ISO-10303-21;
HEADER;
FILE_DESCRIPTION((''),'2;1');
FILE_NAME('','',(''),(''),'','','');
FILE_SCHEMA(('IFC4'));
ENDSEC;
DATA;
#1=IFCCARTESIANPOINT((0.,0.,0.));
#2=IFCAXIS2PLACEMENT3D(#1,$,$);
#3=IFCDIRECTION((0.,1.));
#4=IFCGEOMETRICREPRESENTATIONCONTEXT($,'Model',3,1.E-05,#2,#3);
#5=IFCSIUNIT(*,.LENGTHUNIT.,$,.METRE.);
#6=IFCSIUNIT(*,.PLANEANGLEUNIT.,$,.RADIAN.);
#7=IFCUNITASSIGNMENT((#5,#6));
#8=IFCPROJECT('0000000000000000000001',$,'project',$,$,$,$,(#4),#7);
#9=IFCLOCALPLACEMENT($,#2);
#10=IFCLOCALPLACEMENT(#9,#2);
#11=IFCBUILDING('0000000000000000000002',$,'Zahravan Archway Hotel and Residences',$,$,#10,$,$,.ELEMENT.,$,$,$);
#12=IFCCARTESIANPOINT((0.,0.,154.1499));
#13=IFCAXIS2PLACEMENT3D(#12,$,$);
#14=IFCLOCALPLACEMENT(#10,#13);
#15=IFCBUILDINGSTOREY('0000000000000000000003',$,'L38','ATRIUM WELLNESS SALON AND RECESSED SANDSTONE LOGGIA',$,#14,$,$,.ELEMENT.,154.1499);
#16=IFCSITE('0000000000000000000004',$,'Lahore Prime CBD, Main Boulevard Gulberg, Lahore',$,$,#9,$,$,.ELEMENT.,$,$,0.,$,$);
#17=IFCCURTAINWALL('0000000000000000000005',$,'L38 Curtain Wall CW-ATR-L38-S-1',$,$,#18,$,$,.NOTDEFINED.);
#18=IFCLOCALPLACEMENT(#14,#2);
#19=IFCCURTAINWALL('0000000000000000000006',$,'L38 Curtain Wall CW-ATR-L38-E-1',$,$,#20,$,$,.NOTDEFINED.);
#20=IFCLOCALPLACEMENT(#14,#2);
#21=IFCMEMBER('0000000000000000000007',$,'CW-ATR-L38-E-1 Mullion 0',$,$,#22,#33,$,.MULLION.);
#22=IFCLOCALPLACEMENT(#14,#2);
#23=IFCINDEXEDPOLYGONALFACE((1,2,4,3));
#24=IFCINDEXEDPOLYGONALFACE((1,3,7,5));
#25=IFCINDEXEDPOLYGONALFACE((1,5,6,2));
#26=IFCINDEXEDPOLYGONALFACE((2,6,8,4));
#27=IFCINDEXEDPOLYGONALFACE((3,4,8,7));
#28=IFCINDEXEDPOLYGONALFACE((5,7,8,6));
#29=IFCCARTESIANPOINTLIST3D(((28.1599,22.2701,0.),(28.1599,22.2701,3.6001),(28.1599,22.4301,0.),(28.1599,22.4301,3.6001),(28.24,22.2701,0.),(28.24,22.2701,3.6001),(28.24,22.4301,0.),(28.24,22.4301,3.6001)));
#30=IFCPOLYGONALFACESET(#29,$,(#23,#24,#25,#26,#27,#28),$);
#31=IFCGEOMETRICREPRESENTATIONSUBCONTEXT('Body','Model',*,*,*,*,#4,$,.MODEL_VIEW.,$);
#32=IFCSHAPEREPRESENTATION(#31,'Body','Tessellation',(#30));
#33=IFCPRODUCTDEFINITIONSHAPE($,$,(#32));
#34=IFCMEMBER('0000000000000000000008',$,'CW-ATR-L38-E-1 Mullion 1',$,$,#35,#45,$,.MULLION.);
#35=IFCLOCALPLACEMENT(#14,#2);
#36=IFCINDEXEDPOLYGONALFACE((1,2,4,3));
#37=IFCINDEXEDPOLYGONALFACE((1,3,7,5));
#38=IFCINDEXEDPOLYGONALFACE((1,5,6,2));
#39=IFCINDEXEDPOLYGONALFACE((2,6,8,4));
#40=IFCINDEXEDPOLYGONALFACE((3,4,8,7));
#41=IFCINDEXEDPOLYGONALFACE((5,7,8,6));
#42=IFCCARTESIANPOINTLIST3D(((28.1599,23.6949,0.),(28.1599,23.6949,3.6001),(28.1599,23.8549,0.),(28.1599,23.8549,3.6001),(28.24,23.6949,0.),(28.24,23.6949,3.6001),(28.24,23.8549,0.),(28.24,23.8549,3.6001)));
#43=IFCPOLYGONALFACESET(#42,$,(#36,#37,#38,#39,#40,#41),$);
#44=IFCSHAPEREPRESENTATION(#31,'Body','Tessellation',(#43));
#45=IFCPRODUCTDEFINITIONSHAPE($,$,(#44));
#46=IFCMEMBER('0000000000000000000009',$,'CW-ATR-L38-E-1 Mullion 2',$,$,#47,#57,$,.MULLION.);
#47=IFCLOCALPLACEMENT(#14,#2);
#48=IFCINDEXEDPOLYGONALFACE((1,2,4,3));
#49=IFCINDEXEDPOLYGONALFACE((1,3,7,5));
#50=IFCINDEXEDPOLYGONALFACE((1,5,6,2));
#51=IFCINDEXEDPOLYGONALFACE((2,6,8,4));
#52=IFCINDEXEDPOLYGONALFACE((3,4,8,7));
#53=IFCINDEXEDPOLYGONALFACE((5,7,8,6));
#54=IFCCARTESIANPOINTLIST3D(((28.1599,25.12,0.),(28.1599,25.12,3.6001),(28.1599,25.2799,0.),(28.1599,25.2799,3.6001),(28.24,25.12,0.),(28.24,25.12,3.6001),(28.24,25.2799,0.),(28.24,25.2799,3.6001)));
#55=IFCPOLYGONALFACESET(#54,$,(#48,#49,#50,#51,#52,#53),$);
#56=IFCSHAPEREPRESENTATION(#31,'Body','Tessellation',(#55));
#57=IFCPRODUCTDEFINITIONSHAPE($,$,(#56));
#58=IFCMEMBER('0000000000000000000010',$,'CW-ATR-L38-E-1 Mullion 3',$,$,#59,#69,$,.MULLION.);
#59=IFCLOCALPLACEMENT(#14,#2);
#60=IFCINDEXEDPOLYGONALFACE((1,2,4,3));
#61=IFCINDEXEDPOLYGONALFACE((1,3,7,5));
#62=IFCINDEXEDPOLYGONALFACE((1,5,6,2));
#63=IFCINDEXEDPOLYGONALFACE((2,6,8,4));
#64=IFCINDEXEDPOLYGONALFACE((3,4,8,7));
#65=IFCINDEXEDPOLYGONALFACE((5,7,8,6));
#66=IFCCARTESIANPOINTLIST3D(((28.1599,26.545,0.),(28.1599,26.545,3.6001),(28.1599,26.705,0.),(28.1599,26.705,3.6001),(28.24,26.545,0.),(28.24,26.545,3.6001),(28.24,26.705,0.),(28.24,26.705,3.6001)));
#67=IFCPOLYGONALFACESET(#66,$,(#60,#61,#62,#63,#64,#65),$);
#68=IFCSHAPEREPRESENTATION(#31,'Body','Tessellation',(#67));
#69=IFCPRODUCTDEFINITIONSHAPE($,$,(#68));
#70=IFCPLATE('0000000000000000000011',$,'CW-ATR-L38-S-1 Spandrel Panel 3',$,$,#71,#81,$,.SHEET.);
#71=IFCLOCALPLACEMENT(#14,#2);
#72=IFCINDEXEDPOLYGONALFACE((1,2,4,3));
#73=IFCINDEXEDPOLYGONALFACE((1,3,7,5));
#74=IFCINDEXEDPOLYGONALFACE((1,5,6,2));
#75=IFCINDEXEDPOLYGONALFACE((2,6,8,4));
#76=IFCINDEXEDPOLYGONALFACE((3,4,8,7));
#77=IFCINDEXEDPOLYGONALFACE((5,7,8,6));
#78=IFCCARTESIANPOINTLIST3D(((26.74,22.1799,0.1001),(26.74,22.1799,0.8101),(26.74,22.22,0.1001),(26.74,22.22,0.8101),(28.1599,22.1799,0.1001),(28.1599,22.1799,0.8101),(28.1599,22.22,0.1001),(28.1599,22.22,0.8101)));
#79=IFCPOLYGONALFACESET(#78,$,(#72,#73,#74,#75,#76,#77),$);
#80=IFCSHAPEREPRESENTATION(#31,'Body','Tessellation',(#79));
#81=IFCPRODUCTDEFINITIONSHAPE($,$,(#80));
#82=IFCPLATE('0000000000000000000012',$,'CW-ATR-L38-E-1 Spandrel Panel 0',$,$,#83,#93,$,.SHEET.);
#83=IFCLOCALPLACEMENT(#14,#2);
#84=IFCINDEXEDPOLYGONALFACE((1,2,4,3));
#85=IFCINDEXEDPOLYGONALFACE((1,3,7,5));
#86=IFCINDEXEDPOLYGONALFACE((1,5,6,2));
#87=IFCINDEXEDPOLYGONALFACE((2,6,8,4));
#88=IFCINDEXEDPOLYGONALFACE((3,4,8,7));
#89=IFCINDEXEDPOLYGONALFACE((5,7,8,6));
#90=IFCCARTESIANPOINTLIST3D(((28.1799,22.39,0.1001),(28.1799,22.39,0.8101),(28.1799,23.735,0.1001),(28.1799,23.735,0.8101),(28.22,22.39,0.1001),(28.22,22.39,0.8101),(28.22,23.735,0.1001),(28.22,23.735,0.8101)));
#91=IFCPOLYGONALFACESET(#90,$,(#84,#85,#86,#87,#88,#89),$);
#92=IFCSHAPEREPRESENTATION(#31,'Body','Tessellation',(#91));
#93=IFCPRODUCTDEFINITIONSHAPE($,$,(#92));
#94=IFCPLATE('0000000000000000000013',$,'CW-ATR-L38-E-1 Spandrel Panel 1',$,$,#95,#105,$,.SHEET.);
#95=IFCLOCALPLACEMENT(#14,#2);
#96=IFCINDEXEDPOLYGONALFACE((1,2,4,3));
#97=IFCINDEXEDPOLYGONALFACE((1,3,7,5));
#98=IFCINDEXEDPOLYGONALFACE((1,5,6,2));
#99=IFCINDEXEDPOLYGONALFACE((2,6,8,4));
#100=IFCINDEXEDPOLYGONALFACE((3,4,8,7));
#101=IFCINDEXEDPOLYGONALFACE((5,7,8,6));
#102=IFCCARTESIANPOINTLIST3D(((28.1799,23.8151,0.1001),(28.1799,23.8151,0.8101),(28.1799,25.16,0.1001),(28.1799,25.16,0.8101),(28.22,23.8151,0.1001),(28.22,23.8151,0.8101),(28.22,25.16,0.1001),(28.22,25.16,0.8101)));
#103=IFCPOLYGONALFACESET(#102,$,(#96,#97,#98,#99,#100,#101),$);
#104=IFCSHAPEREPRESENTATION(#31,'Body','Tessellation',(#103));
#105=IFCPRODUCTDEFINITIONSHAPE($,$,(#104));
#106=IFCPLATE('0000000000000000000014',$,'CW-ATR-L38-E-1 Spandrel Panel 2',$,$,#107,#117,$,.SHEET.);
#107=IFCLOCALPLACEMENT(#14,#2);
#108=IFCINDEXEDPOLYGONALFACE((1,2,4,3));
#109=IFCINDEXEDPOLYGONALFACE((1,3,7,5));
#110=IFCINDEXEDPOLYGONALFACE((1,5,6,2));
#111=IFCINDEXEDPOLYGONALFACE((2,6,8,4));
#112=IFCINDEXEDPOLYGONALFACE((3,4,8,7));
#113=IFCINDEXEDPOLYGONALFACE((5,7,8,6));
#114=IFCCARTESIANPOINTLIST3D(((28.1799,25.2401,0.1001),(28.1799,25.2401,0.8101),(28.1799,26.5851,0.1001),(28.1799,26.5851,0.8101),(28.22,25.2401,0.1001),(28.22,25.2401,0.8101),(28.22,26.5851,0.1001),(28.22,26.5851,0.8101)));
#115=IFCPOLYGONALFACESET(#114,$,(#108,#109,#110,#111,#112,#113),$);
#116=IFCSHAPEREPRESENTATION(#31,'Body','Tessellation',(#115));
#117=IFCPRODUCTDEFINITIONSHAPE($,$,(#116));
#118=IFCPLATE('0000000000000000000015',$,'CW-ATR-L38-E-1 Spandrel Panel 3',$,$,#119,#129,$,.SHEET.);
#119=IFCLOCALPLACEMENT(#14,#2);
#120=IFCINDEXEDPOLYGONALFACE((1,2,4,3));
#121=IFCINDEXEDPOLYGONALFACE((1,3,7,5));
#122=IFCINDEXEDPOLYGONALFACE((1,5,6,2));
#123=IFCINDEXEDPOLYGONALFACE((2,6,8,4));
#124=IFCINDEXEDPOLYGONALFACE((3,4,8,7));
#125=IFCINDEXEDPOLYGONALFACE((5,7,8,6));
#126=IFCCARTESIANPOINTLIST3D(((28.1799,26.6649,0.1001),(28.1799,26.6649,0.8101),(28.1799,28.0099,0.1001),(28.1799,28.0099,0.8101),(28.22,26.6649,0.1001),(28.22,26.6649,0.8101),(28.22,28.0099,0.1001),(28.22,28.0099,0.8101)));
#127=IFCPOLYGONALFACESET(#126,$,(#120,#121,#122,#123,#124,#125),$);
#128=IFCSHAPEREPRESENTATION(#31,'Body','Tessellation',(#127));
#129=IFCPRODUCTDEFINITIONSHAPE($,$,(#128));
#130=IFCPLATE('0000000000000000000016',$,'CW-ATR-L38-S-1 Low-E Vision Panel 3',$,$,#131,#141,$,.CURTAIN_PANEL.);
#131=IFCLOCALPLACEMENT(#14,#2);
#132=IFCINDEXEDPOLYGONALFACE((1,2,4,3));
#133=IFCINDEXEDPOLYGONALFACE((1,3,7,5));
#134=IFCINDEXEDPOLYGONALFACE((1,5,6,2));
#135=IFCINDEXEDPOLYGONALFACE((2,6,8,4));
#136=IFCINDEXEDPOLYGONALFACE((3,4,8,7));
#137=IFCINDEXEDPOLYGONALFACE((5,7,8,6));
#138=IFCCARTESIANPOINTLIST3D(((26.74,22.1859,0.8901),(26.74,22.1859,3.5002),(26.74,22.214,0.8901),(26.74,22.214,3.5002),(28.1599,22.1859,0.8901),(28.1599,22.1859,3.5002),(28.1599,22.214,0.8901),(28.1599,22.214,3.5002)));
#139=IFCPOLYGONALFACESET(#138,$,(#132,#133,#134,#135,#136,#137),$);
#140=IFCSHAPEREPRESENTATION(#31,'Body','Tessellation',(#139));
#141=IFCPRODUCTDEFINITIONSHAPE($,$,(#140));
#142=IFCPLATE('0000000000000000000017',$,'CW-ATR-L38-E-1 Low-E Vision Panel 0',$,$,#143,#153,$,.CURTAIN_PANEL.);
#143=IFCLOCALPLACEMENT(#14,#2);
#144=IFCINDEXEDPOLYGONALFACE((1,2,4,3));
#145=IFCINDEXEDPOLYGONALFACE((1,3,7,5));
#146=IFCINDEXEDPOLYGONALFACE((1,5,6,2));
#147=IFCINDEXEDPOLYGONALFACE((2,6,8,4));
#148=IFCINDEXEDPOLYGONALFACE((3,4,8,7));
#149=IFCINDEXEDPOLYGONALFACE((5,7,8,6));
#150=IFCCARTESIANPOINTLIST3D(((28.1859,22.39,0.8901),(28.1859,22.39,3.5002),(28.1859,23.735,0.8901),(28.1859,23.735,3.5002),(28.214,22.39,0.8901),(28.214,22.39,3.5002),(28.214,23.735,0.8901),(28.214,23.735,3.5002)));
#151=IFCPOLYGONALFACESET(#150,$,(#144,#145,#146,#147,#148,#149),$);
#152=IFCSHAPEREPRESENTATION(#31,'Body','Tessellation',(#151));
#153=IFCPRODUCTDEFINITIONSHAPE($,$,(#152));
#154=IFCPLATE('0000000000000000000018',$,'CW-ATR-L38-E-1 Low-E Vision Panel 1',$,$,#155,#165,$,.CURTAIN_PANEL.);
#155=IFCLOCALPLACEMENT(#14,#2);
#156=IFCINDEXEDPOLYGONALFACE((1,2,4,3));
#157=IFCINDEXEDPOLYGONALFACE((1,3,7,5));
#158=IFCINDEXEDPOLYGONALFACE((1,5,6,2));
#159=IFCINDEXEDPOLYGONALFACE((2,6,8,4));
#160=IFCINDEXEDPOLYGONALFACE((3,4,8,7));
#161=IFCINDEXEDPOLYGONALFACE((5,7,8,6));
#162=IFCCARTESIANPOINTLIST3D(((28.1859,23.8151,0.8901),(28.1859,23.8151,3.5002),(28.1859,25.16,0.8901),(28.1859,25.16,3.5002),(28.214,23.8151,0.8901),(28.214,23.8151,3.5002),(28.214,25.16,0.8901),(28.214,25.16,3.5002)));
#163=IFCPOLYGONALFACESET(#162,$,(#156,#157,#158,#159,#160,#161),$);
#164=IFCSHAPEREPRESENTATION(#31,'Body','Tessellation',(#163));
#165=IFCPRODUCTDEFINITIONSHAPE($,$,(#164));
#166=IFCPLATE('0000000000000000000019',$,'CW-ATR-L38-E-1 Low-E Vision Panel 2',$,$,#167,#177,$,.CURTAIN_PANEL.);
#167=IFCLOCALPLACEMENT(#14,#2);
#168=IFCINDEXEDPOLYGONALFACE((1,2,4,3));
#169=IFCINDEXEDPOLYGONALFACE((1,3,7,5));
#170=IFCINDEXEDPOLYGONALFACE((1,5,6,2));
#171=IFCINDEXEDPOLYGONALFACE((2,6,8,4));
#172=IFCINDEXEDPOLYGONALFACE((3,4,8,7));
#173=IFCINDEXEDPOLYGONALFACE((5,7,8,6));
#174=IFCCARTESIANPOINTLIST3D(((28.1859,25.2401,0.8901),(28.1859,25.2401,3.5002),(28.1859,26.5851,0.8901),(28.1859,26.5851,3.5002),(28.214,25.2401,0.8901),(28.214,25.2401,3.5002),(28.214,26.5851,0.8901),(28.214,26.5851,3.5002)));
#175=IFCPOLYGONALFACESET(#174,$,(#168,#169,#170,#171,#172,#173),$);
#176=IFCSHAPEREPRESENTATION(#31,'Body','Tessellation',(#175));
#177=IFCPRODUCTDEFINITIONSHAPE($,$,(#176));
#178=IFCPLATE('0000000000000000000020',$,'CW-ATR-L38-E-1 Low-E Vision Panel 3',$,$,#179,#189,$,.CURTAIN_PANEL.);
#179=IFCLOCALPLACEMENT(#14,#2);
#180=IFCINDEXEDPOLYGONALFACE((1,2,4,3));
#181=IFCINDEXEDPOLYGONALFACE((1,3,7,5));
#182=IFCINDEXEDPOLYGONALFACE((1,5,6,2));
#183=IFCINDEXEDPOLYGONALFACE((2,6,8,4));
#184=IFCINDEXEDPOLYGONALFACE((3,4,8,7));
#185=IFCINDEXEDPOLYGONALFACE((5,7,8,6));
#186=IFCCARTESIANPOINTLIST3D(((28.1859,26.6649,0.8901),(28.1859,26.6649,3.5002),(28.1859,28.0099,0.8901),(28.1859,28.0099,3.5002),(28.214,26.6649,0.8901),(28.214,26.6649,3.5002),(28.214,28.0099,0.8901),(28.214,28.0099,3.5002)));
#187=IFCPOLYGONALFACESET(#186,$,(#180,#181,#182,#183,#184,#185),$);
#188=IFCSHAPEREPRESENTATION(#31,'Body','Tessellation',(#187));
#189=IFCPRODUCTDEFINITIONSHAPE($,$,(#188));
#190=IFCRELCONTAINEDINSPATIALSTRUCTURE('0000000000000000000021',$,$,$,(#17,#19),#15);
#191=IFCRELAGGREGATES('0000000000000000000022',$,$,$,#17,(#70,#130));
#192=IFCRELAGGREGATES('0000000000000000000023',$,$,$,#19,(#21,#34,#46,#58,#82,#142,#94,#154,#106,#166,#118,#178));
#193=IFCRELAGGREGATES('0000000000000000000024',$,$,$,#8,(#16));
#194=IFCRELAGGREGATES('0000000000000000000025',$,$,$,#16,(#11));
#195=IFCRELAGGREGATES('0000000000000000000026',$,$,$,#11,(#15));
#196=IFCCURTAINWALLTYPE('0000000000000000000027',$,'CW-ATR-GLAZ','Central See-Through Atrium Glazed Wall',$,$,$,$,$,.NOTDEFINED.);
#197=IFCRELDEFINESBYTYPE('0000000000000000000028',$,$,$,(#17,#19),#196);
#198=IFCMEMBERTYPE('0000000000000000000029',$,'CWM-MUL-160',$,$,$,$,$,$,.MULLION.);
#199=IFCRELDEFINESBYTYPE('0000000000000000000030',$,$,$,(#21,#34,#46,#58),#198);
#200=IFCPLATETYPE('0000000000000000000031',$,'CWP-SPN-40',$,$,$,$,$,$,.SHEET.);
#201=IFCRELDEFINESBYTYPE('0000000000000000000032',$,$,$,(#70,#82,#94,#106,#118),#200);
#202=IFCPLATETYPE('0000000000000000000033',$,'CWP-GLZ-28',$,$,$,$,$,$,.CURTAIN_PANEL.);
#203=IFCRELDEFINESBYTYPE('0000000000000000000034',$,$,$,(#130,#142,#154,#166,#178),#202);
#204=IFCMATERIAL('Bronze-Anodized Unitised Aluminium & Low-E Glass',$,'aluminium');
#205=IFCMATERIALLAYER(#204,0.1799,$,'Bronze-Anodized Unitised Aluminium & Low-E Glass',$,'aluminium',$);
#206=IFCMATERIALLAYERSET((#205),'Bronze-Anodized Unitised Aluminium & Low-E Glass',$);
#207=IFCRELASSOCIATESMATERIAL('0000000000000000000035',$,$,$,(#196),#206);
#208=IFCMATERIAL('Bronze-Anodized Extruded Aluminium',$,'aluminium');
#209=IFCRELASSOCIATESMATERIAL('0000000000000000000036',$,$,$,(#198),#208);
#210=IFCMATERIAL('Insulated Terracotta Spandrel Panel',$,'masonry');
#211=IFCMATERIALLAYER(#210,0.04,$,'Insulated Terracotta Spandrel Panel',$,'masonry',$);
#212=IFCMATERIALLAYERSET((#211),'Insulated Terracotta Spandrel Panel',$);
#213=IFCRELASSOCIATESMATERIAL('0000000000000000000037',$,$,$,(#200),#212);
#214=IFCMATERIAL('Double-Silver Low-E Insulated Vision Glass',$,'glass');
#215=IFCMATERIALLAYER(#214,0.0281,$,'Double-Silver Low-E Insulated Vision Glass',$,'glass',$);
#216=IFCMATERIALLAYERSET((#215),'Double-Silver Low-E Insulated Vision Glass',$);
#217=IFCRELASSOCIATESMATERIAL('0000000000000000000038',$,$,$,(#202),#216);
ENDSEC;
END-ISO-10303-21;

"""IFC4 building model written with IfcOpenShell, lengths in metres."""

from ifc_helpers import new_model, si_unit, direction, frame, origin, origin_2d, place, context, subcontext, project, spatial, rectangle, extrude, source, transform, mapped, material, layer, layer_set, material_profile, profile_set, type_object, element, aggregate, save


model = new_model("IFC4")

# Units and contexts
model_context = context("Model", 3, precision=1e-05, world=origin(), true_north=direction((0.0, 1.0)))
body_context = subcontext(model_context, "Body", "Model", "MODEL_VIEW")
ifc_project = project(units=[si_unit("LENGTHUNIT", "METRE"), si_unit("PLANEANGLEUNIT", "RADIAN")], contexts=[model_context])

# Site, building, storey
site_placement = place(None, origin())
site = spatial("IfcSite", under=ifc_project, at=site_placement, Name="Lahore Prime CBD, Main Boulevard Gulberg, Lahore", CompositionType="ELEMENT", RefElevation=0.0)
building_placement = place(site_placement, origin())
building = spatial("IfcBuilding", under=site, at=building_placement, Name="Zahravan Archway Hotel and Residences", CompositionType="ELEMENT")
storey_placement = place(building_placement, frame((0.0, 0.0, 154.1499)))
storey = spatial("IfcBuildingStorey", under=building, at=storey_placement, Name="L38", Description="ATRIUM WELLNESS SALON AND RECESSED SANDSTONE LOGGIA", CompositionType="ELEMENT", Elevation=154.1499)

# Curtain wall
ifc_material_1 = material(Name="Bronze-Anodized Unitised Aluminium & Low-E Glass", Category="aluminium")
ifc_layer_1 = layer(ifc_material_1, 0.1799, Name="Bronze-Anodized Unitised Aluminium & Low-E Glass", Category="aluminium")
ifc_layer_set_1 = layer_set([ifc_layer_1], Name="Bronze-Anodized Unitised Aluminium & Low-E Glass")
curtain_wall_type = type_object("IfcCurtainWallType", Name="CW-ATR-GLAZ", Description="Central See-Through Atrium Glazed Wall", PredefinedType="NOTDEFINED", material=ifc_layer_set_1)
curtain_wall_1_placement = place(storey_placement, origin())
curtain_wall_1 = element("IfcCurtainWall", 1, at=curtain_wall_1_placement, inside=storey, type_object=curtain_wall_type, Name="L38 Curtain Wall CW-ATR-L38-S-1", PredefinedType="NOTDEFINED")
ifc_material_2 = material(Name="Bronze-Anodized Extruded Aluminium", Category="aluminium")

# Curtain wall
curtain_wall_2_placement = place(storey_placement, origin())
curtain_wall_2 = element("IfcCurtainWall", 2, at=curtain_wall_2_placement, inside=storey, type_object=curtain_wall_type, Name="L38 Curtain Wall CW-ATR-L38-E-1", PredefinedType="NOTDEFINED")

# Members
ifc_material_profile_1 = material_profile(ifc_material_2, rectangle(XDim=0.0801, YDim=0.1599, at=origin_2d()), Name="MUL 80x160", Category="aluminium")
ifc_profile_set_1 = profile_set([ifc_material_profile_1], Name="Bronze-Anodized Extruded Aluminium")
member_type_1 = type_object("IfcMemberType", Name="CWM-MUL-160", PredefinedType="MULLION", material=ifc_profile_set_1)
shared_shape_1 = source(origin(), body_context, "Body", "SweptSolid", [
    extrude(rectangle(XDim=0.0801, YDim=0.1599, at=origin_2d()), origin(), (0.0, 0.0, 1.0), 3.6001),
])
member_1_placement = place(storey_placement, frame((28.2, 22.3501, 0.0), z_axis=(0.0, 0.0, 1.0), x_axis=(1.0, 0.0, 0.0)))
member_1 = element("IfcMember", 3, at=member_1_placement, type_object=member_type_1, Name="CW-ATR-L38-E-1 Mullion 0", PredefinedType="MULLION", context=body_context, shape_type="MappedRepresentation", body=[
    mapped(shared_shape_1, transform((0.0, 0.0, 0.0), scale=1.0)),
])
member_2_placement = place(storey_placement, frame((28.2, 23.7749, 0.0), z_axis=(0.0, 0.0, 1.0), x_axis=(1.0, 0.0, 0.0)))
member_2 = element("IfcMember", 4, at=member_2_placement, type_object=member_type_1, Name="CW-ATR-L38-E-1 Mullion 1", PredefinedType="MULLION", context=body_context, shape_type="MappedRepresentation", body=[
    mapped(shared_shape_1, transform((0.0, 0.0, 0.0), scale=1.0)),
])
member_3_placement = place(storey_placement, frame((28.2, 25.2, 0.0), z_axis=(0.0, 0.0, 1.0), x_axis=(1.0, 0.0, 0.0)))
member_3 = element("IfcMember", 5, at=member_3_placement, type_object=member_type_1, Name="CW-ATR-L38-E-1 Mullion 2", PredefinedType="MULLION", context=body_context, shape_type="MappedRepresentation", body=[
    mapped(shared_shape_1, transform((0.0, 0.0, 0.0), scale=1.0)),
])
member_4_placement = place(storey_placement, frame((28.2, 26.625, 0.0), z_axis=(0.0, 0.0, 1.0), x_axis=(1.0, 0.0, 0.0)))
member_4 = element("IfcMember", 6, at=member_4_placement, type_object=member_type_1, Name="CW-ATR-L38-E-1 Mullion 3", PredefinedType="MULLION", context=body_context, shape_type="MappedRepresentation", body=[
    mapped(shared_shape_1, transform((0.0, 0.0, 0.0), scale=1.0)),
])

# Plates
ifc_material_3 = material(Name="Insulated Terracotta Spandrel Panel", Category="masonry")
ifc_layer_2 = layer(ifc_material_3, 0.04, Name="Insulated Terracotta Spandrel Panel", Category="masonry")
ifc_layer_set_2 = layer_set([ifc_layer_2], Name="Insulated Terracotta Spandrel Panel")
plate_type_1 = type_object("IfcPlateType", Name="CWP-SPN-40", PredefinedType="SHEET", material=ifc_layer_set_2)
shared_shape_2 = source(origin(), body_context, "Body", "SweptSolid", [
    extrude(rectangle(XDim=1.4199, YDim=0.04, at=origin_2d()), origin(), (0.0, 0.0, 1.0), 0.71),
])
plate_1_placement = place(storey_placement, frame((27.45, 22.2, 0.1001), z_axis=(0.0, 0.0, 1.0), x_axis=(1.0, 0.0, 0.0)))
plate_1 = element("IfcPlate", 7, at=plate_1_placement, type_object=plate_type_1, Name="CW-ATR-L38-S-1 Spandrel Panel 3", PredefinedType="SHEET", context=body_context, shape_type="MappedRepresentation", body=[
    mapped(shared_shape_2, transform((0.0, 0.0, 0.0), scale=1.0)),
])
shared_shape_3 = source(origin(), body_context, "Body", "SweptSolid", [
    extrude(rectangle(XDim=1.345, YDim=0.04, at=origin_2d()), origin(), (0.0, 0.0, 1.0), 0.71),
])
plate_2_placement = place(storey_placement, frame((28.2, 23.0625, 0.1001), z_axis=(0.0, 0.0, 1.0), x_axis=(0.0, 1.0, 0.0)))
plate_2 = element("IfcPlate", 8, at=plate_2_placement, type_object=plate_type_1, Name="CW-ATR-L38-E-1 Spandrel Panel 0", PredefinedType="SHEET", context=body_context, shape_type="MappedRepresentation", body=[
    mapped(shared_shape_3, transform((0.0, 0.0, 0.0), scale=1.0)),
])
plate_3_placement = place(storey_placement, frame((28.2, 24.4875, 0.1001), z_axis=(0.0, 0.0, 1.0), x_axis=(0.0, 1.0, 0.0)))
plate_3 = element("IfcPlate", 9, at=plate_3_placement, type_object=plate_type_1, Name="CW-ATR-L38-E-1 Spandrel Panel 1", PredefinedType="SHEET", context=body_context, shape_type="MappedRepresentation", body=[
    mapped(shared_shape_3, transform((0.0, 0.0, 0.0), scale=1.0)),
])
plate_4_placement = place(storey_placement, frame((28.2, 25.9126, 0.1001), z_axis=(0.0, 0.0, 1.0), x_axis=(0.0, 1.0, 0.0)))
plate_4 = element("IfcPlate", 10, at=plate_4_placement, type_object=plate_type_1, Name="CW-ATR-L38-E-1 Spandrel Panel 2", PredefinedType="SHEET", context=body_context, shape_type="MappedRepresentation", body=[
    mapped(shared_shape_3, transform((0.0, 0.0, 0.0), scale=1.0)),
])
plate_5_placement = place(storey_placement, frame((28.2, 27.3374, 0.1001), z_axis=(0.0, 0.0, 1.0), x_axis=(0.0, 1.0, 0.0)))
plate_5 = element("IfcPlate", 11, at=plate_5_placement, type_object=plate_type_1, Name="CW-ATR-L38-E-1 Spandrel Panel 3", PredefinedType="SHEET", context=body_context, shape_type="MappedRepresentation", body=[
    mapped(shared_shape_3, transform((0.0, 0.0, 0.0), scale=1.0)),
])
ifc_material_4 = material(Name="Double-Silver Low-E Insulated Vision Glass", Category="glass")
ifc_layer_3 = layer(ifc_material_4, 0.0281, Name="Double-Silver Low-E Insulated Vision Glass", Category="glass")
ifc_layer_set_3 = layer_set([ifc_layer_3], Name="Double-Silver Low-E Insulated Vision Glass")
plate_type_2 = type_object("IfcPlateType", Name="CWP-GLZ-28", PredefinedType="CURTAIN_PANEL", material=ifc_layer_set_3)
shared_shape_4 = source(origin(), body_context, "Body", "SweptSolid", [
    extrude(rectangle(XDim=1.4199, YDim=0.0281, at=origin_2d()), origin(), (0.0, 0.0, 1.0), 2.6101),
])
plate_6_placement = place(storey_placement, frame((27.45, 22.2, 0.8901), z_axis=(0.0, 0.0, 1.0), x_axis=(1.0, 0.0, 0.0)))
plate_6 = element("IfcPlate", 12, at=plate_6_placement, type_object=plate_type_2, Name="CW-ATR-L38-S-1 Low-E Vision Panel 3", PredefinedType="CURTAIN_PANEL", context=body_context, shape_type="MappedRepresentation", body=[
    mapped(shared_shape_4, transform((0.0, 0.0, 0.0), scale=1.0)),
])
aggregate(curtain_wall_1, [plate_1, plate_6])
shared_shape_5 = source(origin(), body_context, "Body", "SweptSolid", [
    extrude(rectangle(XDim=1.345, YDim=0.0281, at=origin_2d()), origin(), (0.0, 0.0, 1.0), 2.6101),
])
plate_7_placement = place(storey_placement, frame((28.2, 23.0625, 0.8901), z_axis=(0.0, 0.0, 1.0), x_axis=(0.0, 1.0, 0.0)))
plate_7 = element("IfcPlate", 13, at=plate_7_placement, type_object=plate_type_2, Name="CW-ATR-L38-E-1 Low-E Vision Panel 0", PredefinedType="CURTAIN_PANEL", context=body_context, shape_type="MappedRepresentation", body=[
    mapped(shared_shape_5, transform((0.0, 0.0, 0.0), scale=1.0)),
])
plate_8_placement = place(storey_placement, frame((28.2, 24.4875, 0.8901), z_axis=(0.0, 0.0, 1.0), x_axis=(0.0, 1.0, 0.0)))
plate_8 = element("IfcPlate", 14, at=plate_8_placement, type_object=plate_type_2, Name="CW-ATR-L38-E-1 Low-E Vision Panel 1", PredefinedType="CURTAIN_PANEL", context=body_context, shape_type="MappedRepresentation", body=[
    mapped(shared_shape_5, transform((0.0, 0.0, 0.0), scale=1.0)),
])
plate_9_placement = place(storey_placement, frame((28.2, 25.9126, 0.8901), z_axis=(0.0, 0.0, 1.0), x_axis=(0.0, 1.0, 0.0)))
plate_9 = element("IfcPlate", 15, at=plate_9_placement, type_object=plate_type_2, Name="CW-ATR-L38-E-1 Low-E Vision Panel 2", PredefinedType="CURTAIN_PANEL", context=body_context, shape_type="MappedRepresentation", body=[
    mapped(shared_shape_5, transform((0.0, 0.0, 0.0), scale=1.0)),
])
plate_10_placement = place(storey_placement, frame((28.2, 27.3374, 0.8901), z_axis=(0.0, 0.0, 1.0), x_axis=(0.0, 1.0, 0.0)))
plate_10 = element("IfcPlate", 16, at=plate_10_placement, type_object=plate_type_2, Name="CW-ATR-L38-E-1 Low-E Vision Panel 3", PredefinedType="CURTAIN_PANEL", context=body_context, shape_type="MappedRepresentation", body=[
    mapped(shared_shape_5, transform((0.0, 0.0, 0.0), scale=1.0)),
])
aggregate(curtain_wall_2, [member_1, member_2, member_3, member_4, plate_2, plate_7, plate_3, plate_8, plate_4, plate_9, plate_5, plate_10])

save(model, "model.ifc")
